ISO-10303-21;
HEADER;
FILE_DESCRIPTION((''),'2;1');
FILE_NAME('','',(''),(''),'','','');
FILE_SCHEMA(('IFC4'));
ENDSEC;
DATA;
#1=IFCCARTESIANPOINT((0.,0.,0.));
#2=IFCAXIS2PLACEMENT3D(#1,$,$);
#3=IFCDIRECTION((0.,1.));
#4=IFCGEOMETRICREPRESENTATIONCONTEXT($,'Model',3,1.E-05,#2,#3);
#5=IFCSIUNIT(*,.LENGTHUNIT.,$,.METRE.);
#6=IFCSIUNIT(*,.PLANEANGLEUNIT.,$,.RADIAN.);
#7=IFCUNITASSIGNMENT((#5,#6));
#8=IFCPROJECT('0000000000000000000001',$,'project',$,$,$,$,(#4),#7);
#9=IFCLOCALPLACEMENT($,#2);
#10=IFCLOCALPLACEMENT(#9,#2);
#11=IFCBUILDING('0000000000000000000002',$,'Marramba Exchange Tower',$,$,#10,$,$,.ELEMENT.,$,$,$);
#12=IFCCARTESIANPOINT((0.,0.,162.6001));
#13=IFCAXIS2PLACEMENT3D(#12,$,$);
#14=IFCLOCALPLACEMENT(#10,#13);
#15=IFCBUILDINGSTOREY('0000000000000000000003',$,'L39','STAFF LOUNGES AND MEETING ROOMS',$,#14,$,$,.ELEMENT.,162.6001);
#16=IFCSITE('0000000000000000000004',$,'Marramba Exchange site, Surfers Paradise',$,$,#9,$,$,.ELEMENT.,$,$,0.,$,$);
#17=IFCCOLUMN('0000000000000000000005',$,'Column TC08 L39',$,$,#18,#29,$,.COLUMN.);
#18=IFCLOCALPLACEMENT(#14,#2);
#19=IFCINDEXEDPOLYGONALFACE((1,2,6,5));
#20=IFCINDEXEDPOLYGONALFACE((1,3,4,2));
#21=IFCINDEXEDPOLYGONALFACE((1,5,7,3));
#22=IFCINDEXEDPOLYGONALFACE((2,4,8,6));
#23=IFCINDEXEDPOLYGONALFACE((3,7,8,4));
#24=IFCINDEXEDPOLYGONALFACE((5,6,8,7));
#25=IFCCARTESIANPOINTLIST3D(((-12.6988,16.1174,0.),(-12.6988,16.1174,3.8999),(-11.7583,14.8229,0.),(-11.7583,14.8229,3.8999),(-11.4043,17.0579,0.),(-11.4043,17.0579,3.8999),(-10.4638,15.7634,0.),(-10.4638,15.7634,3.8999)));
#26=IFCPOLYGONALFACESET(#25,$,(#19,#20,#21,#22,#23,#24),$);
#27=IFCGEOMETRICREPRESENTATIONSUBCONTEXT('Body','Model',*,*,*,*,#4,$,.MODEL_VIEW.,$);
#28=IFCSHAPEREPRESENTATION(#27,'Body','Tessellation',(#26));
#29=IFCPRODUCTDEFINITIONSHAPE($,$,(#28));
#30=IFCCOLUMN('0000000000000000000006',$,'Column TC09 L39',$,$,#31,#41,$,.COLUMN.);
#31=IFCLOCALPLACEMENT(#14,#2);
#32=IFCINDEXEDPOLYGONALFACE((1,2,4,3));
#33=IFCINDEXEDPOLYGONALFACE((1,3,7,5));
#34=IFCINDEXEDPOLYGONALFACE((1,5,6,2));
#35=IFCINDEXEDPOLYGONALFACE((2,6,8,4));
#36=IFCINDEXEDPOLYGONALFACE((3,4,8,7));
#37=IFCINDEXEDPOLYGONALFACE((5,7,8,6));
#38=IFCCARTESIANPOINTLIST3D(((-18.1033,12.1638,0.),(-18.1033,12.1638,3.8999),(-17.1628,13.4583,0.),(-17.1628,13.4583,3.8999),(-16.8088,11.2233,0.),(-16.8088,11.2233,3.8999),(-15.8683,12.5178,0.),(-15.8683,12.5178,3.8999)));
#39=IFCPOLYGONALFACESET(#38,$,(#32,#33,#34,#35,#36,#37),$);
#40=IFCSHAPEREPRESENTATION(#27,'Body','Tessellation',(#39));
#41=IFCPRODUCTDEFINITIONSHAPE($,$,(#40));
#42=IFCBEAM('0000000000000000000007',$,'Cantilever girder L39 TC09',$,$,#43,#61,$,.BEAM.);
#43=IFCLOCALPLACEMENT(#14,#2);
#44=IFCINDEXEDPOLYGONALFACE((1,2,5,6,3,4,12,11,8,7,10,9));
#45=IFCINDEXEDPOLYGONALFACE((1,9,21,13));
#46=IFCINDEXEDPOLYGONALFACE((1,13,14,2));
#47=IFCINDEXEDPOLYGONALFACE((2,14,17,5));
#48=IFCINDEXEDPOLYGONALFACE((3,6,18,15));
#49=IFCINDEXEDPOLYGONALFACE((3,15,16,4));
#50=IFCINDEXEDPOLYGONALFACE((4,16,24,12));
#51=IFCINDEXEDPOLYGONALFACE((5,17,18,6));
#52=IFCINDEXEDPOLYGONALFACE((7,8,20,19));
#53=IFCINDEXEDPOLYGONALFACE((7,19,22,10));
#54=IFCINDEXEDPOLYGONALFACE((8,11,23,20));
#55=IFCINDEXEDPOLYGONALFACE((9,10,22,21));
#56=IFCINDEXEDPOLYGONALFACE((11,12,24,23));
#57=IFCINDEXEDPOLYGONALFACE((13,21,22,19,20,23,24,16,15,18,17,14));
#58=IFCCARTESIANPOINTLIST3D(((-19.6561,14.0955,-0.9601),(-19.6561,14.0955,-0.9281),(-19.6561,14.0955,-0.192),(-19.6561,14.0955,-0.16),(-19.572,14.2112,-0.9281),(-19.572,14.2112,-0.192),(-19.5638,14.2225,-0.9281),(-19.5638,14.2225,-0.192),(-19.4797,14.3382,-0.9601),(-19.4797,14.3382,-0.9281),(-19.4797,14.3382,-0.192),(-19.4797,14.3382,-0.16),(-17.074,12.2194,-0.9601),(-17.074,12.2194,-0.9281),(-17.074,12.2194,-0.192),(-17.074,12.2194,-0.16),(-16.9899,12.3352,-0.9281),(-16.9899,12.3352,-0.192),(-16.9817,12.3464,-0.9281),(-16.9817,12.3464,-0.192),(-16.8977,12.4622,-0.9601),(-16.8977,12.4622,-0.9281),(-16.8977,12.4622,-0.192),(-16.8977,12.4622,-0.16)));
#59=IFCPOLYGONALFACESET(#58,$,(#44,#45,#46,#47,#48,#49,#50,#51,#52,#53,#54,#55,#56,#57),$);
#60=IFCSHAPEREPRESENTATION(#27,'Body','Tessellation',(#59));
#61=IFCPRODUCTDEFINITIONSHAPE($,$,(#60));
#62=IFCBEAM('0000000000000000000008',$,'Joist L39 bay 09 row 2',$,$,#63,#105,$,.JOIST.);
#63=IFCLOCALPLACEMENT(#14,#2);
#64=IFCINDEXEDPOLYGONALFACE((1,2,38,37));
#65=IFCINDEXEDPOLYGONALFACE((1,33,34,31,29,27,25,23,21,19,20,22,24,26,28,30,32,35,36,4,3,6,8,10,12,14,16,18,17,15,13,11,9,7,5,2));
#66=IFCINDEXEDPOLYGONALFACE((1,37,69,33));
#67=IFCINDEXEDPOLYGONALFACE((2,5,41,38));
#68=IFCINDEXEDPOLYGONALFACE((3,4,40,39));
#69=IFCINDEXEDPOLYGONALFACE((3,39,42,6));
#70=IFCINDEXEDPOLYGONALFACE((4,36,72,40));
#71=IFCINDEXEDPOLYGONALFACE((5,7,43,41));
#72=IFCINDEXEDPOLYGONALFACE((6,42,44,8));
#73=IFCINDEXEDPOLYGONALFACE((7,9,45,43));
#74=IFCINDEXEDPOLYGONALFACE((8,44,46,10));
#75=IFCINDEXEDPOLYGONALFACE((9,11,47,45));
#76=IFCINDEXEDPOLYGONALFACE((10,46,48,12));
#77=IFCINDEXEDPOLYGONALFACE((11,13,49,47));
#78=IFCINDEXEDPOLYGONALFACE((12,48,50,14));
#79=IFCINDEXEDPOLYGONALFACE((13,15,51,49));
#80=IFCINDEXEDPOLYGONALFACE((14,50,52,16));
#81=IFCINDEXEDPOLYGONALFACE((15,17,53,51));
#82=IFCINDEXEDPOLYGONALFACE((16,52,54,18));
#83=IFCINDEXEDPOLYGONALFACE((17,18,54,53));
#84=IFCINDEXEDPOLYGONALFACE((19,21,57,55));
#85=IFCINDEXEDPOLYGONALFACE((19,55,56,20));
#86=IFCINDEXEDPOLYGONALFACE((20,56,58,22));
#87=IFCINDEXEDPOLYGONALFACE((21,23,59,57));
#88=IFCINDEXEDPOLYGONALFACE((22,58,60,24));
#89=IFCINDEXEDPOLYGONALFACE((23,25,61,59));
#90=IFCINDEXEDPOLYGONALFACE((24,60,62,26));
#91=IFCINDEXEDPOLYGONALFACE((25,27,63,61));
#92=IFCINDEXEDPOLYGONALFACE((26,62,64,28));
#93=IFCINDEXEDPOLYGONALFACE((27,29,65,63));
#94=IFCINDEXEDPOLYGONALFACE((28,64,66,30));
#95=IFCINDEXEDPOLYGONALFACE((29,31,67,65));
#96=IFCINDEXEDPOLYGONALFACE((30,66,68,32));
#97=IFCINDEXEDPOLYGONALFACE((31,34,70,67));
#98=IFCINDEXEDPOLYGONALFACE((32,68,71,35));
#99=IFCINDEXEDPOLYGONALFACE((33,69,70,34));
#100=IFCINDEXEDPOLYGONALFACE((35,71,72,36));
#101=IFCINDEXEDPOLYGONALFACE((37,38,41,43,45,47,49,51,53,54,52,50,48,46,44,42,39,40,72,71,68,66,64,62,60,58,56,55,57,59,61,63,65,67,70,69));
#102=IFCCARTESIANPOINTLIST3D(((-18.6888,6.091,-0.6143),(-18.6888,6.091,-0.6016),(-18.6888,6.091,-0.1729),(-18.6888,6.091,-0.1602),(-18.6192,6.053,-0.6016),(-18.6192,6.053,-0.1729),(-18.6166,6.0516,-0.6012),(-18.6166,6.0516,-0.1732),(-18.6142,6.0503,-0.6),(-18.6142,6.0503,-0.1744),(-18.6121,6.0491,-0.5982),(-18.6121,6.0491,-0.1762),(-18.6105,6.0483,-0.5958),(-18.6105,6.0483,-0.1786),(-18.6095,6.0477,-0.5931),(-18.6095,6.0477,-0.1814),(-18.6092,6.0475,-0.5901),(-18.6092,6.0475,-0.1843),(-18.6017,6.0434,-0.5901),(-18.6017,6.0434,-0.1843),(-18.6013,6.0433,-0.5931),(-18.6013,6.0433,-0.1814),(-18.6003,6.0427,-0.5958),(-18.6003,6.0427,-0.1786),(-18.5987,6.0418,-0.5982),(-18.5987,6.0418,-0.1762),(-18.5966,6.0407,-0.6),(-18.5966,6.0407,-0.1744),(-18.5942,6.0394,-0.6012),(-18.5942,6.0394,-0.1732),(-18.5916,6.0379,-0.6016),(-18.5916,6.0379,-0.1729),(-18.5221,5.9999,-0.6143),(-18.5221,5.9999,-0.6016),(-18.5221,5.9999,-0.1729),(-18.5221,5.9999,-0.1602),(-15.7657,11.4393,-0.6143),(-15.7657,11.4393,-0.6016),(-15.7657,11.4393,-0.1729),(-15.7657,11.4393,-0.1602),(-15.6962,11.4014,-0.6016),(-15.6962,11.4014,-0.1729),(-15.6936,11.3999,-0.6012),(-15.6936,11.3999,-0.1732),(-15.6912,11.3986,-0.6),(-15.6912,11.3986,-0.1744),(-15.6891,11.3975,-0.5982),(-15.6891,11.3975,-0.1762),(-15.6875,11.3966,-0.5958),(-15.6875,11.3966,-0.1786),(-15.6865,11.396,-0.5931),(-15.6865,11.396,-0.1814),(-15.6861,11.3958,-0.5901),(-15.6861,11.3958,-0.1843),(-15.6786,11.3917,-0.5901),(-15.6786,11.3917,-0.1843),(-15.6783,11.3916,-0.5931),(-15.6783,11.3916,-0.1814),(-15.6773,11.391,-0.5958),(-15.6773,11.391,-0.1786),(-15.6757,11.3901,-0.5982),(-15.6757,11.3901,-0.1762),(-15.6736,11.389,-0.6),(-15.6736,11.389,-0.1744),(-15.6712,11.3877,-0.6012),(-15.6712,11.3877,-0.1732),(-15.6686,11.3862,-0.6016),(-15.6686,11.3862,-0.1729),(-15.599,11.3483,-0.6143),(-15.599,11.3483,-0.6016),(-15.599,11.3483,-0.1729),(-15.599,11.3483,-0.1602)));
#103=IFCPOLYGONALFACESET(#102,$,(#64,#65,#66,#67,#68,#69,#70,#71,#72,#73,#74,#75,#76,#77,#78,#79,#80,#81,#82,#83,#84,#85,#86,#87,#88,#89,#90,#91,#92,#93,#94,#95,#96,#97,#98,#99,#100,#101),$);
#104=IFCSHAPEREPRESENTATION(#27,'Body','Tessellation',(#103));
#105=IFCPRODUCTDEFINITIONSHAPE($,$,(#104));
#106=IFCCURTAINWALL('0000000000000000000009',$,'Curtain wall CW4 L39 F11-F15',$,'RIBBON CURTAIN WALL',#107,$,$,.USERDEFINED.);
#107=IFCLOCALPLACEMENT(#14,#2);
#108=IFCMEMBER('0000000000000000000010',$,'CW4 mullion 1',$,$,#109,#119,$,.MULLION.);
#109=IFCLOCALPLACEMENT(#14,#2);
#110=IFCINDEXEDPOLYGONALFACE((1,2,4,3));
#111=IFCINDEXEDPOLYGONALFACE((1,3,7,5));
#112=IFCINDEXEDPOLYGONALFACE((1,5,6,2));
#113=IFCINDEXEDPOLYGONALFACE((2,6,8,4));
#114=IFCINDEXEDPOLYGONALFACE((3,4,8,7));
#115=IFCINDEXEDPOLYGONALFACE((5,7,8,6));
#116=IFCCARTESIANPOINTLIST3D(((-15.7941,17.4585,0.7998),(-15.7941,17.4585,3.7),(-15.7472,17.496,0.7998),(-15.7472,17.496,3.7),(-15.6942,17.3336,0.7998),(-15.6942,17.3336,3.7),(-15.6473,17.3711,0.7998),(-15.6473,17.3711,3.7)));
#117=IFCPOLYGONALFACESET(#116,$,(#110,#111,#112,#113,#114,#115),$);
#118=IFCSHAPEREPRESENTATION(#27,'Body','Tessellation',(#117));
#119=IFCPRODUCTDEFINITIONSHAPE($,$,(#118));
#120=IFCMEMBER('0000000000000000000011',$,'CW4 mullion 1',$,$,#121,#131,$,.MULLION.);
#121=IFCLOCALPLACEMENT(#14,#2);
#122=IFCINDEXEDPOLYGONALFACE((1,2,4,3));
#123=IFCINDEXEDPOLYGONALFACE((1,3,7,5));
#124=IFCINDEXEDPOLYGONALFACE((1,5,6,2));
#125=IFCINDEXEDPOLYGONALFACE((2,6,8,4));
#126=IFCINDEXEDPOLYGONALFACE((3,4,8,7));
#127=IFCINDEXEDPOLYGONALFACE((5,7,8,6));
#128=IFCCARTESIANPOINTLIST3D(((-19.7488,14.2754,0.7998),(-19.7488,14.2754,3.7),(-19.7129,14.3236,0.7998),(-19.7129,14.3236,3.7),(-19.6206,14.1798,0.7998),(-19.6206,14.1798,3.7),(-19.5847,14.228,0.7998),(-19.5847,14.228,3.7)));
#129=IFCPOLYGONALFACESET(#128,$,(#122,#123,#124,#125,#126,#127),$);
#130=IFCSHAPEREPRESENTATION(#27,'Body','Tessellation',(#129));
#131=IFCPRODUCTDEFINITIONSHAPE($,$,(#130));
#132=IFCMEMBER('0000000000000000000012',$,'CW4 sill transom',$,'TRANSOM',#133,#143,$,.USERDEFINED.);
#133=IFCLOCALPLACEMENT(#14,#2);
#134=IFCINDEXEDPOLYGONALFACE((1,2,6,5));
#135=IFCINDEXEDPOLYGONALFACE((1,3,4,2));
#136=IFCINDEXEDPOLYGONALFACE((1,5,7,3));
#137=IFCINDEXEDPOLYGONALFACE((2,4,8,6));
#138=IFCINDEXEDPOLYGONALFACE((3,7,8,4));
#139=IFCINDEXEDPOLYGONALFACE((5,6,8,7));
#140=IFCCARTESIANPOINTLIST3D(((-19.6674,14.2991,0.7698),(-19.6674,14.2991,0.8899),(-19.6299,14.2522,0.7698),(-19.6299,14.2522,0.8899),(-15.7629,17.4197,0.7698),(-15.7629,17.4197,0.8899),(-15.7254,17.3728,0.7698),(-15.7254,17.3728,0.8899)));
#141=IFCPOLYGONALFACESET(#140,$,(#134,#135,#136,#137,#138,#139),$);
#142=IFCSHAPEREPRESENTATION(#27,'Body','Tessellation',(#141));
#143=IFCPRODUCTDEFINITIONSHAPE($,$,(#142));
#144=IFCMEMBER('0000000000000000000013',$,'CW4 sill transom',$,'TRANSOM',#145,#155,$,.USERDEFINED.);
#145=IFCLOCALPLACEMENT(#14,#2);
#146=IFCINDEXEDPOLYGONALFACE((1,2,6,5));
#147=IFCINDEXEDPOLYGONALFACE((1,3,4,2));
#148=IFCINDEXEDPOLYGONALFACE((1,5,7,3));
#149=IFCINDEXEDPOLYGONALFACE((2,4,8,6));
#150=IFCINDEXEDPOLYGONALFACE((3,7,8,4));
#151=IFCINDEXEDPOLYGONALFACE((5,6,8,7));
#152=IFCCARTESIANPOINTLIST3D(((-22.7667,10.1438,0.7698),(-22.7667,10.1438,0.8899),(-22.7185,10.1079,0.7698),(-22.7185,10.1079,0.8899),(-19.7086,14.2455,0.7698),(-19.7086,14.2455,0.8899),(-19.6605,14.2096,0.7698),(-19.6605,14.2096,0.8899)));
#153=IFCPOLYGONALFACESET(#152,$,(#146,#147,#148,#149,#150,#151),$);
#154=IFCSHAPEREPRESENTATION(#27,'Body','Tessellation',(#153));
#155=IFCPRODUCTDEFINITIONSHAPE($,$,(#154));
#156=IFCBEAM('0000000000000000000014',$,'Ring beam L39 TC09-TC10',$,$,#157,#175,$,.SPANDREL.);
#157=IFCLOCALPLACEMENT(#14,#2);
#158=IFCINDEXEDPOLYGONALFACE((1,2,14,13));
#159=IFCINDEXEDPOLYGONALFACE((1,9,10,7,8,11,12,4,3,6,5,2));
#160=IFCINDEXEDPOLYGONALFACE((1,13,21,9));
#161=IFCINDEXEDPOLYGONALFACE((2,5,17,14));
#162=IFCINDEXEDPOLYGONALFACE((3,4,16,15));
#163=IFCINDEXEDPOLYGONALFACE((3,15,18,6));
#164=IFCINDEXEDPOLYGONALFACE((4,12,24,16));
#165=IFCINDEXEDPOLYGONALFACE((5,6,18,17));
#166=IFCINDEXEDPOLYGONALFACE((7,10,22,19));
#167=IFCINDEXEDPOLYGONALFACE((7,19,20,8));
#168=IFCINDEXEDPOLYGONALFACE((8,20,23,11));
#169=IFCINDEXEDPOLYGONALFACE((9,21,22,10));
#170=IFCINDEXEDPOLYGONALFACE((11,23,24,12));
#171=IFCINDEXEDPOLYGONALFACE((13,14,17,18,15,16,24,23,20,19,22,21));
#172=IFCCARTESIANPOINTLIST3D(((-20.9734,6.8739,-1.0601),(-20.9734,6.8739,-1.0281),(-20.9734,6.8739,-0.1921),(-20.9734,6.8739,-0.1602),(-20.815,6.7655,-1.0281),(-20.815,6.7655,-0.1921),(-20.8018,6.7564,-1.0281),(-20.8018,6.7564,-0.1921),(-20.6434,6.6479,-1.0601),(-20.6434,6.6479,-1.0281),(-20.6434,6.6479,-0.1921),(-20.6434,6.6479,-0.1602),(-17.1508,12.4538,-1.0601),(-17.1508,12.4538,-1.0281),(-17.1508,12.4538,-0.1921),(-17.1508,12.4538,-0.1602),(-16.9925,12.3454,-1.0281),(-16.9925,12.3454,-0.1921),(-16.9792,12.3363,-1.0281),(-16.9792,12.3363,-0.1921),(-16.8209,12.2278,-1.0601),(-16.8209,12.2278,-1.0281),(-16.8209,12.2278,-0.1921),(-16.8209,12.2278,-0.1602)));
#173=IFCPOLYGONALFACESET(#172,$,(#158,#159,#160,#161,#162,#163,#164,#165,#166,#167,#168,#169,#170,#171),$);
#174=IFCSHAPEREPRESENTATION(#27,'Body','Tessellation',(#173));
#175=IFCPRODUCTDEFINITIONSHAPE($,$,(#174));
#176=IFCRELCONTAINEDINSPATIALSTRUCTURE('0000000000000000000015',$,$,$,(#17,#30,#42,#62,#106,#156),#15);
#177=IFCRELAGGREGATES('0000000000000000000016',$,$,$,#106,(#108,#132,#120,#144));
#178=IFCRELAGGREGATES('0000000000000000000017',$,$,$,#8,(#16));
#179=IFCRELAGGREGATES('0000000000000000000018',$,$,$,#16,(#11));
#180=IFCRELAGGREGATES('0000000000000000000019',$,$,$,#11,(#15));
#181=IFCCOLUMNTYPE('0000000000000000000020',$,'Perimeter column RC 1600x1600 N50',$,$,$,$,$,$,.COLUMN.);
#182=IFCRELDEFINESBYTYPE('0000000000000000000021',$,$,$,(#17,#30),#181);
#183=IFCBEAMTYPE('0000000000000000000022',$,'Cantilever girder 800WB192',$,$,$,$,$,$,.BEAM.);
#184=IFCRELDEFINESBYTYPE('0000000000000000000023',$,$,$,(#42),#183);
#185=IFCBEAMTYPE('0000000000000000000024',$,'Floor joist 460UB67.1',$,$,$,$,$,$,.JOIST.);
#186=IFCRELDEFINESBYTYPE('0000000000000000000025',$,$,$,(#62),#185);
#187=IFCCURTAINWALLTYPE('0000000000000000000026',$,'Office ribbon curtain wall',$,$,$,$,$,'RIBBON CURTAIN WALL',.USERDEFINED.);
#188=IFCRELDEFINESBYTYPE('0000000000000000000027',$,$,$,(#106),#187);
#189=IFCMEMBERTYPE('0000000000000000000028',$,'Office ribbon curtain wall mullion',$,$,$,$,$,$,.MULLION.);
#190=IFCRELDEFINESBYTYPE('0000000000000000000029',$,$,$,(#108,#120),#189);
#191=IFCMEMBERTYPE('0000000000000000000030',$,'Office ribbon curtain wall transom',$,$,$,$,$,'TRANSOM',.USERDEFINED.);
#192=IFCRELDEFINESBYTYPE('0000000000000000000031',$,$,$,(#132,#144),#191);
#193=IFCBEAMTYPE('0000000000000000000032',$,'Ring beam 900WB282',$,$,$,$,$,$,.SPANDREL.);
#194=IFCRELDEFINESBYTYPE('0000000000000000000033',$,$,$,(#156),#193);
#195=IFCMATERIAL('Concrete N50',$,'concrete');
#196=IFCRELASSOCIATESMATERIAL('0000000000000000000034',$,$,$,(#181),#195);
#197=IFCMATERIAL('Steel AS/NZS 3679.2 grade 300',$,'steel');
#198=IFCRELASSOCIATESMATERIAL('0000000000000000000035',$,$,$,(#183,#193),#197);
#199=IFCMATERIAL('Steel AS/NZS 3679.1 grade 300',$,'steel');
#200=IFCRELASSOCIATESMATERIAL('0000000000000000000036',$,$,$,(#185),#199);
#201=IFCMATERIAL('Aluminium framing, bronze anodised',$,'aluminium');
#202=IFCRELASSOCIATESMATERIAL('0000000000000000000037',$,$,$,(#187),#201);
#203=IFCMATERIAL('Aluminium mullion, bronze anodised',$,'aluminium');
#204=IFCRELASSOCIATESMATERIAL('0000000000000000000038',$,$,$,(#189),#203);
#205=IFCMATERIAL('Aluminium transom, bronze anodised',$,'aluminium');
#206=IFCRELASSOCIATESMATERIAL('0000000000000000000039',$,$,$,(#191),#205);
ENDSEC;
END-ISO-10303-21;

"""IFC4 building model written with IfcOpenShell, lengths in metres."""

from ifc_helpers import new_model, si_unit, direction, frame, origin, origin_2d, place, context, subcontext, project, spatial, rectangle, i_section, extrude, material, material_profile, profile_set, type_object, element, aggregate, save


model = new_model("IFC4")

# Units and contexts
model_context = context("Model", 3, precision=1e-05, world=origin(), true_north=direction((0.0, 1.0)))
body_context = subcontext(model_context, "Body", "Model", "MODEL_VIEW")
ifc_project = project(units=[si_unit("LENGTHUNIT", "METRE"), si_unit("PLANEANGLEUNIT", "RADIAN")], contexts=[model_context])

# Site, building, storey
site_placement = place(None, origin())
site = spatial("IfcSite", under=ifc_project, at=site_placement, Name="Marramba Exchange site, Surfers Paradise", CompositionType="ELEMENT", RefElevation=0.0)
building_placement = place(site_placement, origin())
building = spatial("IfcBuilding", under=site, at=building_placement, Name="Marramba Exchange Tower", CompositionType="ELEMENT")
storey_placement = place(building_placement, frame((0.0, 0.0, 162.6001)))
storey = spatial("IfcBuildingStorey", under=building, at=storey_placement, Name="L39", Description="STAFF LOUNGES AND MEETING ROOMS", CompositionType="ELEMENT", Elevation=162.6001)

# Columns
ifc_material_1 = material(Name="Concrete N50", Category="concrete")
ifc_material_profile_1 = material_profile(ifc_material_1, rectangle(XDim=1.6001, YDim=1.6001, at=origin_2d()), Name="RC 1600x1600")
ifc_profile_set_1 = profile_set([ifc_material_profile_1], Name="Concrete N50")
column_type = type_object("IfcColumnType", Name="Perimeter column RC 1600x1600 N50", PredefinedType="COLUMN", material=ifc_profile_set_1)
for number, where, z_axis, x_axis, name in (
    (1, (-11.5813, 15.9404, 0.0), (0.0, 0.0, 1.0), (-0.587785, 0.809017, 0.0), "Column TC08 L39"),
    (2, (-16.9858, 12.3408, 0.0), (0.0, 0.0, 1.0), (-0.809017, 0.587785, 0.0), "Column TC09 L39"),
):
    element("IfcColumn", number, at=place(storey_placement, frame(where, z_axis=z_axis, x_axis=x_axis)), inside=storey, type_object=column_type, Name=name, PredefinedType="COLUMN", context=body_context, shape_type="SweptSolid", body=[
        extrude(rectangle(XDim=1.6001, YDim=1.6001, at=origin_2d()), origin(), (0.0, 0.0, 1.0), 3.8999),
    ])

# Beams
ifc_material_2 = material(Name="Steel AS/NZS 3679.2 grade 300", Category="steel")
ifc_material_profile_2 = material_profile(ifc_material_2, i_section(OverallWidth=0.3, OverallDepth=0.8, WebThickness=0.0139, FlangeThickness=0.032, at=origin_2d()), Name="800WB192")
ifc_profile_set_2 = profile_set([ifc_material_profile_2], Name="Steel AS/NZS 3679.2 grade 300")
beam_type_1 = type_object("IfcBeamType", Name="Cantilever girder 800WB192", PredefinedType="BEAM", material=ifc_profile_set_2)
beam_1_placement = place(storey_placement, frame((-16.9858, 12.3408, -0.5601), z_axis=(-0.809014, 0.58779, 0.0), x_axis=(-0.58779, -0.809014, 0.0)))
element("IfcBeam", 3, at=beam_1_placement, inside=storey, type_object=beam_type_1, Name="Cantilever girder L39 TC09", PredefinedType="BEAM", context=body_context, shape_type="SweptSolid", body=[
    extrude(i_section(OverallWidth=0.3, OverallDepth=0.8, WebThickness=0.0139, FlangeThickness=0.032, at=origin_2d()), origin(), (0.0, 0.0, 1.0), 3.1917),
])
ifc_material_3 = material(Name="Steel AS/NZS 3679.1 grade 300", Category="steel")
ifc_material_profile_3 = material_profile(ifc_material_3, i_section(OverallWidth=0.1899, OverallDepth=0.4541, WebThickness=0.0085, FlangeThickness=0.0127, FilletRadius=0.0115, at=origin_2d()), Name="460UB67.1")
ifc_profile_set_3 = profile_set([ifc_material_profile_3], Name="Steel AS/NZS 3679.1 grade 300")
beam_type_2 = type_object("IfcBeamType", Name="Floor joist 460UB67.1", PredefinedType="JOIST", material=ifc_profile_set_3)
beam_2_placement = place(storey_placement, frame((-15.6824, 11.3938, -0.3872), z_axis=(-0.479584, -0.877496, 0.0), x_axis=(0.877496, -0.479584, 0.0)))
element("IfcBeam", 4, at=beam_2_placement, inside=storey, type_object=beam_type_2, Name="Joist L39 bay 09 row 2", PredefinedType="JOIST", context=body_context, shape_type="SweptSolid", body=[
    extrude(i_section(OverallWidth=0.1899, OverallDepth=0.4541, WebThickness=0.0085, FlangeThickness=0.0127, FilletRadius=0.0115, at=origin_2d()), origin(), (0.0, 0.0, 1.0), 6.095),
])

# Curtain wall, members
ifc_material_4 = material(Name="Aluminium framing, bronze anodised", Category="aluminium")
curtain_wall_type = type_object("IfcCurtainWallType", Name="Office ribbon curtain wall", ElementType="RIBBON CURTAIN WALL", PredefinedType="USERDEFINED", material=ifc_material_4)
curtain_wall_placement = place(storey_placement, origin())
curtain_wall = element("IfcCurtainWall", 5, at=curtain_wall_placement, inside=storey, type_object=curtain_wall_type, Name="Curtain wall CW4 L39 F11-F15", ObjectType="RIBBON CURTAIN WALL", PredefinedType="USERDEFINED")
ifc_material_5 = material(Name="Aluminium mullion, bronze anodised", Category="aluminium")
ifc_material_profile_4 = material_profile(ifc_material_5, rectangle(XDim=0.1599, YDim=0.0601, at=origin_2d()), Name="CW4 mullion 60x160")
ifc_profile_set_4 = profile_set([ifc_material_profile_4], Name="Aluminium mullion, bronze anodised")
member_type_1 = type_object("IfcMemberType", Name="Office ribbon curtain wall mullion", PredefinedType="MULLION", material=ifc_profile_set_4)
member_1_placement = place(storey_placement, frame((-15.7207, 17.4148, 0.7998), z_axis=(0.0, 0.0, 1.0), x_axis=(0.624308, -0.781178, 0.0)))
member_1 = element("IfcMember", 6, at=member_1_placement, type_object=member_type_1, Name="CW4 mullion 1", PredefinedType="MULLION", context=body_context, shape_type="SweptSolid", body=[
    extrude(rectangle(XDim=0.1599, YDim=0.0601, at=origin_2d()), origin(), (0.0, 0.0, 1.0), 2.9001),
])
member_2_placement = place(storey_placement, frame((-19.6667, 14.2517, 0.7998), z_axis=(0.0, 0.0, 1.0), x_axis=(0.801717, -0.597704, 0.0)))
member_2 = element("IfcMember", 7, at=member_2_placement, type_object=member_type_1, Name="CW4 mullion 1", PredefinedType="MULLION", context=body_context, shape_type="SweptSolid", body=[
    extrude(rectangle(XDim=0.1599, YDim=0.0601, at=origin_2d()), origin(), (0.0, 0.0, 1.0), 2.9001),
])
ifc_material_6 = material(Name="Aluminium transom, bronze anodised", Category="aluminium")
ifc_material_profile_5 = material_profile(ifc_material_6, rectangle(XDim=0.0601, YDim=0.1201, at=origin_2d()), Name="CW4 transom 60x120")
ifc_profile_set_5 = profile_set([ifc_material_profile_5], Name="Aluminium transom, bronze anodised")
member_type_2 = type_object("IfcMemberType", Name="Office ribbon curtain wall transom", ElementType="TRANSOM", PredefinedType="USERDEFINED", material=ifc_profile_set_5)
member_3_placement = place(storey_placement, frame((-15.7441, 17.3962, 0.8298), z_axis=(-0.781164, -0.624326, 0.0), x_axis=(0.624326, -0.781164, 0.0)))
member_3 = element("IfcMember", 8, at=member_3_placement, type_object=member_type_2, Name="CW4 sill transom", ObjectType="TRANSOM", PredefinedType="USERDEFINED", context=body_context, shape_type="SweptSolid", body=[
    extrude(rectangle(XDim=0.0601, YDim=0.1201, at=origin_2d()), origin(), (0.0, 0.0, 1.0), 4.9983),
])
member_4_placement = place(storey_placement, frame((-19.6846, 14.2275, 0.8298), z_axis=(-0.597715, -0.801709, 0.0), x_axis=(0.801709, -0.597715, 0.0)))
member_4 = element("IfcMember", 9, at=member_4_placement, type_object=member_type_2, Name="CW4 sill transom", ObjectType="TRANSOM", PredefinedType="USERDEFINED", context=body_context, shape_type="SweptSolid", body=[
    extrude(rectangle(XDim=0.0601, YDim=0.1201, at=origin_2d()), origin(), (0.0, 0.0, 1.0), 5.1162),
])

# Beam
ifc_material_profile_6 = material_profile(ifc_material_2, i_section(OverallWidth=0.3999, OverallDepth=0.8999, WebThickness=0.0161, FlangeThickness=0.032, at=origin_2d()), Name="900WB282")
ifc_profile_set_6 = profile_set([ifc_material_profile_6], Name="Steel AS/NZS 3679.2 grade 300")
beam_type_3 = type_object("IfcBeamType", Name="Ring beam 900WB282", PredefinedType="SPANDREL", material=ifc_profile_set_6)
beam_3_placement = place(storey_placement, frame((-16.9858, 12.3408, -0.6101), z_axis=(-0.56516, -0.824981, 0.0), x_axis=(0.824981, -0.56516, 0.0)))
element("IfcBeam", 10, at=beam_3_placement, inside=storey, type_object=beam_type_3, Name="Ring beam L39 TC09-TC10", PredefinedType="SPANDREL", context=body_context, shape_type="SweptSolid", body=[
    extrude(i_section(OverallWidth=0.3999, OverallDepth=0.8999, WebThickness=0.0161, FlangeThickness=0.032, at=origin_2d()), origin(), (0.0, 0.0, 1.0), 6.7637),
])

aggregate(curtain_wall, [member_1, member_3, member_2, member_4])

save(model, "model.ifc")
